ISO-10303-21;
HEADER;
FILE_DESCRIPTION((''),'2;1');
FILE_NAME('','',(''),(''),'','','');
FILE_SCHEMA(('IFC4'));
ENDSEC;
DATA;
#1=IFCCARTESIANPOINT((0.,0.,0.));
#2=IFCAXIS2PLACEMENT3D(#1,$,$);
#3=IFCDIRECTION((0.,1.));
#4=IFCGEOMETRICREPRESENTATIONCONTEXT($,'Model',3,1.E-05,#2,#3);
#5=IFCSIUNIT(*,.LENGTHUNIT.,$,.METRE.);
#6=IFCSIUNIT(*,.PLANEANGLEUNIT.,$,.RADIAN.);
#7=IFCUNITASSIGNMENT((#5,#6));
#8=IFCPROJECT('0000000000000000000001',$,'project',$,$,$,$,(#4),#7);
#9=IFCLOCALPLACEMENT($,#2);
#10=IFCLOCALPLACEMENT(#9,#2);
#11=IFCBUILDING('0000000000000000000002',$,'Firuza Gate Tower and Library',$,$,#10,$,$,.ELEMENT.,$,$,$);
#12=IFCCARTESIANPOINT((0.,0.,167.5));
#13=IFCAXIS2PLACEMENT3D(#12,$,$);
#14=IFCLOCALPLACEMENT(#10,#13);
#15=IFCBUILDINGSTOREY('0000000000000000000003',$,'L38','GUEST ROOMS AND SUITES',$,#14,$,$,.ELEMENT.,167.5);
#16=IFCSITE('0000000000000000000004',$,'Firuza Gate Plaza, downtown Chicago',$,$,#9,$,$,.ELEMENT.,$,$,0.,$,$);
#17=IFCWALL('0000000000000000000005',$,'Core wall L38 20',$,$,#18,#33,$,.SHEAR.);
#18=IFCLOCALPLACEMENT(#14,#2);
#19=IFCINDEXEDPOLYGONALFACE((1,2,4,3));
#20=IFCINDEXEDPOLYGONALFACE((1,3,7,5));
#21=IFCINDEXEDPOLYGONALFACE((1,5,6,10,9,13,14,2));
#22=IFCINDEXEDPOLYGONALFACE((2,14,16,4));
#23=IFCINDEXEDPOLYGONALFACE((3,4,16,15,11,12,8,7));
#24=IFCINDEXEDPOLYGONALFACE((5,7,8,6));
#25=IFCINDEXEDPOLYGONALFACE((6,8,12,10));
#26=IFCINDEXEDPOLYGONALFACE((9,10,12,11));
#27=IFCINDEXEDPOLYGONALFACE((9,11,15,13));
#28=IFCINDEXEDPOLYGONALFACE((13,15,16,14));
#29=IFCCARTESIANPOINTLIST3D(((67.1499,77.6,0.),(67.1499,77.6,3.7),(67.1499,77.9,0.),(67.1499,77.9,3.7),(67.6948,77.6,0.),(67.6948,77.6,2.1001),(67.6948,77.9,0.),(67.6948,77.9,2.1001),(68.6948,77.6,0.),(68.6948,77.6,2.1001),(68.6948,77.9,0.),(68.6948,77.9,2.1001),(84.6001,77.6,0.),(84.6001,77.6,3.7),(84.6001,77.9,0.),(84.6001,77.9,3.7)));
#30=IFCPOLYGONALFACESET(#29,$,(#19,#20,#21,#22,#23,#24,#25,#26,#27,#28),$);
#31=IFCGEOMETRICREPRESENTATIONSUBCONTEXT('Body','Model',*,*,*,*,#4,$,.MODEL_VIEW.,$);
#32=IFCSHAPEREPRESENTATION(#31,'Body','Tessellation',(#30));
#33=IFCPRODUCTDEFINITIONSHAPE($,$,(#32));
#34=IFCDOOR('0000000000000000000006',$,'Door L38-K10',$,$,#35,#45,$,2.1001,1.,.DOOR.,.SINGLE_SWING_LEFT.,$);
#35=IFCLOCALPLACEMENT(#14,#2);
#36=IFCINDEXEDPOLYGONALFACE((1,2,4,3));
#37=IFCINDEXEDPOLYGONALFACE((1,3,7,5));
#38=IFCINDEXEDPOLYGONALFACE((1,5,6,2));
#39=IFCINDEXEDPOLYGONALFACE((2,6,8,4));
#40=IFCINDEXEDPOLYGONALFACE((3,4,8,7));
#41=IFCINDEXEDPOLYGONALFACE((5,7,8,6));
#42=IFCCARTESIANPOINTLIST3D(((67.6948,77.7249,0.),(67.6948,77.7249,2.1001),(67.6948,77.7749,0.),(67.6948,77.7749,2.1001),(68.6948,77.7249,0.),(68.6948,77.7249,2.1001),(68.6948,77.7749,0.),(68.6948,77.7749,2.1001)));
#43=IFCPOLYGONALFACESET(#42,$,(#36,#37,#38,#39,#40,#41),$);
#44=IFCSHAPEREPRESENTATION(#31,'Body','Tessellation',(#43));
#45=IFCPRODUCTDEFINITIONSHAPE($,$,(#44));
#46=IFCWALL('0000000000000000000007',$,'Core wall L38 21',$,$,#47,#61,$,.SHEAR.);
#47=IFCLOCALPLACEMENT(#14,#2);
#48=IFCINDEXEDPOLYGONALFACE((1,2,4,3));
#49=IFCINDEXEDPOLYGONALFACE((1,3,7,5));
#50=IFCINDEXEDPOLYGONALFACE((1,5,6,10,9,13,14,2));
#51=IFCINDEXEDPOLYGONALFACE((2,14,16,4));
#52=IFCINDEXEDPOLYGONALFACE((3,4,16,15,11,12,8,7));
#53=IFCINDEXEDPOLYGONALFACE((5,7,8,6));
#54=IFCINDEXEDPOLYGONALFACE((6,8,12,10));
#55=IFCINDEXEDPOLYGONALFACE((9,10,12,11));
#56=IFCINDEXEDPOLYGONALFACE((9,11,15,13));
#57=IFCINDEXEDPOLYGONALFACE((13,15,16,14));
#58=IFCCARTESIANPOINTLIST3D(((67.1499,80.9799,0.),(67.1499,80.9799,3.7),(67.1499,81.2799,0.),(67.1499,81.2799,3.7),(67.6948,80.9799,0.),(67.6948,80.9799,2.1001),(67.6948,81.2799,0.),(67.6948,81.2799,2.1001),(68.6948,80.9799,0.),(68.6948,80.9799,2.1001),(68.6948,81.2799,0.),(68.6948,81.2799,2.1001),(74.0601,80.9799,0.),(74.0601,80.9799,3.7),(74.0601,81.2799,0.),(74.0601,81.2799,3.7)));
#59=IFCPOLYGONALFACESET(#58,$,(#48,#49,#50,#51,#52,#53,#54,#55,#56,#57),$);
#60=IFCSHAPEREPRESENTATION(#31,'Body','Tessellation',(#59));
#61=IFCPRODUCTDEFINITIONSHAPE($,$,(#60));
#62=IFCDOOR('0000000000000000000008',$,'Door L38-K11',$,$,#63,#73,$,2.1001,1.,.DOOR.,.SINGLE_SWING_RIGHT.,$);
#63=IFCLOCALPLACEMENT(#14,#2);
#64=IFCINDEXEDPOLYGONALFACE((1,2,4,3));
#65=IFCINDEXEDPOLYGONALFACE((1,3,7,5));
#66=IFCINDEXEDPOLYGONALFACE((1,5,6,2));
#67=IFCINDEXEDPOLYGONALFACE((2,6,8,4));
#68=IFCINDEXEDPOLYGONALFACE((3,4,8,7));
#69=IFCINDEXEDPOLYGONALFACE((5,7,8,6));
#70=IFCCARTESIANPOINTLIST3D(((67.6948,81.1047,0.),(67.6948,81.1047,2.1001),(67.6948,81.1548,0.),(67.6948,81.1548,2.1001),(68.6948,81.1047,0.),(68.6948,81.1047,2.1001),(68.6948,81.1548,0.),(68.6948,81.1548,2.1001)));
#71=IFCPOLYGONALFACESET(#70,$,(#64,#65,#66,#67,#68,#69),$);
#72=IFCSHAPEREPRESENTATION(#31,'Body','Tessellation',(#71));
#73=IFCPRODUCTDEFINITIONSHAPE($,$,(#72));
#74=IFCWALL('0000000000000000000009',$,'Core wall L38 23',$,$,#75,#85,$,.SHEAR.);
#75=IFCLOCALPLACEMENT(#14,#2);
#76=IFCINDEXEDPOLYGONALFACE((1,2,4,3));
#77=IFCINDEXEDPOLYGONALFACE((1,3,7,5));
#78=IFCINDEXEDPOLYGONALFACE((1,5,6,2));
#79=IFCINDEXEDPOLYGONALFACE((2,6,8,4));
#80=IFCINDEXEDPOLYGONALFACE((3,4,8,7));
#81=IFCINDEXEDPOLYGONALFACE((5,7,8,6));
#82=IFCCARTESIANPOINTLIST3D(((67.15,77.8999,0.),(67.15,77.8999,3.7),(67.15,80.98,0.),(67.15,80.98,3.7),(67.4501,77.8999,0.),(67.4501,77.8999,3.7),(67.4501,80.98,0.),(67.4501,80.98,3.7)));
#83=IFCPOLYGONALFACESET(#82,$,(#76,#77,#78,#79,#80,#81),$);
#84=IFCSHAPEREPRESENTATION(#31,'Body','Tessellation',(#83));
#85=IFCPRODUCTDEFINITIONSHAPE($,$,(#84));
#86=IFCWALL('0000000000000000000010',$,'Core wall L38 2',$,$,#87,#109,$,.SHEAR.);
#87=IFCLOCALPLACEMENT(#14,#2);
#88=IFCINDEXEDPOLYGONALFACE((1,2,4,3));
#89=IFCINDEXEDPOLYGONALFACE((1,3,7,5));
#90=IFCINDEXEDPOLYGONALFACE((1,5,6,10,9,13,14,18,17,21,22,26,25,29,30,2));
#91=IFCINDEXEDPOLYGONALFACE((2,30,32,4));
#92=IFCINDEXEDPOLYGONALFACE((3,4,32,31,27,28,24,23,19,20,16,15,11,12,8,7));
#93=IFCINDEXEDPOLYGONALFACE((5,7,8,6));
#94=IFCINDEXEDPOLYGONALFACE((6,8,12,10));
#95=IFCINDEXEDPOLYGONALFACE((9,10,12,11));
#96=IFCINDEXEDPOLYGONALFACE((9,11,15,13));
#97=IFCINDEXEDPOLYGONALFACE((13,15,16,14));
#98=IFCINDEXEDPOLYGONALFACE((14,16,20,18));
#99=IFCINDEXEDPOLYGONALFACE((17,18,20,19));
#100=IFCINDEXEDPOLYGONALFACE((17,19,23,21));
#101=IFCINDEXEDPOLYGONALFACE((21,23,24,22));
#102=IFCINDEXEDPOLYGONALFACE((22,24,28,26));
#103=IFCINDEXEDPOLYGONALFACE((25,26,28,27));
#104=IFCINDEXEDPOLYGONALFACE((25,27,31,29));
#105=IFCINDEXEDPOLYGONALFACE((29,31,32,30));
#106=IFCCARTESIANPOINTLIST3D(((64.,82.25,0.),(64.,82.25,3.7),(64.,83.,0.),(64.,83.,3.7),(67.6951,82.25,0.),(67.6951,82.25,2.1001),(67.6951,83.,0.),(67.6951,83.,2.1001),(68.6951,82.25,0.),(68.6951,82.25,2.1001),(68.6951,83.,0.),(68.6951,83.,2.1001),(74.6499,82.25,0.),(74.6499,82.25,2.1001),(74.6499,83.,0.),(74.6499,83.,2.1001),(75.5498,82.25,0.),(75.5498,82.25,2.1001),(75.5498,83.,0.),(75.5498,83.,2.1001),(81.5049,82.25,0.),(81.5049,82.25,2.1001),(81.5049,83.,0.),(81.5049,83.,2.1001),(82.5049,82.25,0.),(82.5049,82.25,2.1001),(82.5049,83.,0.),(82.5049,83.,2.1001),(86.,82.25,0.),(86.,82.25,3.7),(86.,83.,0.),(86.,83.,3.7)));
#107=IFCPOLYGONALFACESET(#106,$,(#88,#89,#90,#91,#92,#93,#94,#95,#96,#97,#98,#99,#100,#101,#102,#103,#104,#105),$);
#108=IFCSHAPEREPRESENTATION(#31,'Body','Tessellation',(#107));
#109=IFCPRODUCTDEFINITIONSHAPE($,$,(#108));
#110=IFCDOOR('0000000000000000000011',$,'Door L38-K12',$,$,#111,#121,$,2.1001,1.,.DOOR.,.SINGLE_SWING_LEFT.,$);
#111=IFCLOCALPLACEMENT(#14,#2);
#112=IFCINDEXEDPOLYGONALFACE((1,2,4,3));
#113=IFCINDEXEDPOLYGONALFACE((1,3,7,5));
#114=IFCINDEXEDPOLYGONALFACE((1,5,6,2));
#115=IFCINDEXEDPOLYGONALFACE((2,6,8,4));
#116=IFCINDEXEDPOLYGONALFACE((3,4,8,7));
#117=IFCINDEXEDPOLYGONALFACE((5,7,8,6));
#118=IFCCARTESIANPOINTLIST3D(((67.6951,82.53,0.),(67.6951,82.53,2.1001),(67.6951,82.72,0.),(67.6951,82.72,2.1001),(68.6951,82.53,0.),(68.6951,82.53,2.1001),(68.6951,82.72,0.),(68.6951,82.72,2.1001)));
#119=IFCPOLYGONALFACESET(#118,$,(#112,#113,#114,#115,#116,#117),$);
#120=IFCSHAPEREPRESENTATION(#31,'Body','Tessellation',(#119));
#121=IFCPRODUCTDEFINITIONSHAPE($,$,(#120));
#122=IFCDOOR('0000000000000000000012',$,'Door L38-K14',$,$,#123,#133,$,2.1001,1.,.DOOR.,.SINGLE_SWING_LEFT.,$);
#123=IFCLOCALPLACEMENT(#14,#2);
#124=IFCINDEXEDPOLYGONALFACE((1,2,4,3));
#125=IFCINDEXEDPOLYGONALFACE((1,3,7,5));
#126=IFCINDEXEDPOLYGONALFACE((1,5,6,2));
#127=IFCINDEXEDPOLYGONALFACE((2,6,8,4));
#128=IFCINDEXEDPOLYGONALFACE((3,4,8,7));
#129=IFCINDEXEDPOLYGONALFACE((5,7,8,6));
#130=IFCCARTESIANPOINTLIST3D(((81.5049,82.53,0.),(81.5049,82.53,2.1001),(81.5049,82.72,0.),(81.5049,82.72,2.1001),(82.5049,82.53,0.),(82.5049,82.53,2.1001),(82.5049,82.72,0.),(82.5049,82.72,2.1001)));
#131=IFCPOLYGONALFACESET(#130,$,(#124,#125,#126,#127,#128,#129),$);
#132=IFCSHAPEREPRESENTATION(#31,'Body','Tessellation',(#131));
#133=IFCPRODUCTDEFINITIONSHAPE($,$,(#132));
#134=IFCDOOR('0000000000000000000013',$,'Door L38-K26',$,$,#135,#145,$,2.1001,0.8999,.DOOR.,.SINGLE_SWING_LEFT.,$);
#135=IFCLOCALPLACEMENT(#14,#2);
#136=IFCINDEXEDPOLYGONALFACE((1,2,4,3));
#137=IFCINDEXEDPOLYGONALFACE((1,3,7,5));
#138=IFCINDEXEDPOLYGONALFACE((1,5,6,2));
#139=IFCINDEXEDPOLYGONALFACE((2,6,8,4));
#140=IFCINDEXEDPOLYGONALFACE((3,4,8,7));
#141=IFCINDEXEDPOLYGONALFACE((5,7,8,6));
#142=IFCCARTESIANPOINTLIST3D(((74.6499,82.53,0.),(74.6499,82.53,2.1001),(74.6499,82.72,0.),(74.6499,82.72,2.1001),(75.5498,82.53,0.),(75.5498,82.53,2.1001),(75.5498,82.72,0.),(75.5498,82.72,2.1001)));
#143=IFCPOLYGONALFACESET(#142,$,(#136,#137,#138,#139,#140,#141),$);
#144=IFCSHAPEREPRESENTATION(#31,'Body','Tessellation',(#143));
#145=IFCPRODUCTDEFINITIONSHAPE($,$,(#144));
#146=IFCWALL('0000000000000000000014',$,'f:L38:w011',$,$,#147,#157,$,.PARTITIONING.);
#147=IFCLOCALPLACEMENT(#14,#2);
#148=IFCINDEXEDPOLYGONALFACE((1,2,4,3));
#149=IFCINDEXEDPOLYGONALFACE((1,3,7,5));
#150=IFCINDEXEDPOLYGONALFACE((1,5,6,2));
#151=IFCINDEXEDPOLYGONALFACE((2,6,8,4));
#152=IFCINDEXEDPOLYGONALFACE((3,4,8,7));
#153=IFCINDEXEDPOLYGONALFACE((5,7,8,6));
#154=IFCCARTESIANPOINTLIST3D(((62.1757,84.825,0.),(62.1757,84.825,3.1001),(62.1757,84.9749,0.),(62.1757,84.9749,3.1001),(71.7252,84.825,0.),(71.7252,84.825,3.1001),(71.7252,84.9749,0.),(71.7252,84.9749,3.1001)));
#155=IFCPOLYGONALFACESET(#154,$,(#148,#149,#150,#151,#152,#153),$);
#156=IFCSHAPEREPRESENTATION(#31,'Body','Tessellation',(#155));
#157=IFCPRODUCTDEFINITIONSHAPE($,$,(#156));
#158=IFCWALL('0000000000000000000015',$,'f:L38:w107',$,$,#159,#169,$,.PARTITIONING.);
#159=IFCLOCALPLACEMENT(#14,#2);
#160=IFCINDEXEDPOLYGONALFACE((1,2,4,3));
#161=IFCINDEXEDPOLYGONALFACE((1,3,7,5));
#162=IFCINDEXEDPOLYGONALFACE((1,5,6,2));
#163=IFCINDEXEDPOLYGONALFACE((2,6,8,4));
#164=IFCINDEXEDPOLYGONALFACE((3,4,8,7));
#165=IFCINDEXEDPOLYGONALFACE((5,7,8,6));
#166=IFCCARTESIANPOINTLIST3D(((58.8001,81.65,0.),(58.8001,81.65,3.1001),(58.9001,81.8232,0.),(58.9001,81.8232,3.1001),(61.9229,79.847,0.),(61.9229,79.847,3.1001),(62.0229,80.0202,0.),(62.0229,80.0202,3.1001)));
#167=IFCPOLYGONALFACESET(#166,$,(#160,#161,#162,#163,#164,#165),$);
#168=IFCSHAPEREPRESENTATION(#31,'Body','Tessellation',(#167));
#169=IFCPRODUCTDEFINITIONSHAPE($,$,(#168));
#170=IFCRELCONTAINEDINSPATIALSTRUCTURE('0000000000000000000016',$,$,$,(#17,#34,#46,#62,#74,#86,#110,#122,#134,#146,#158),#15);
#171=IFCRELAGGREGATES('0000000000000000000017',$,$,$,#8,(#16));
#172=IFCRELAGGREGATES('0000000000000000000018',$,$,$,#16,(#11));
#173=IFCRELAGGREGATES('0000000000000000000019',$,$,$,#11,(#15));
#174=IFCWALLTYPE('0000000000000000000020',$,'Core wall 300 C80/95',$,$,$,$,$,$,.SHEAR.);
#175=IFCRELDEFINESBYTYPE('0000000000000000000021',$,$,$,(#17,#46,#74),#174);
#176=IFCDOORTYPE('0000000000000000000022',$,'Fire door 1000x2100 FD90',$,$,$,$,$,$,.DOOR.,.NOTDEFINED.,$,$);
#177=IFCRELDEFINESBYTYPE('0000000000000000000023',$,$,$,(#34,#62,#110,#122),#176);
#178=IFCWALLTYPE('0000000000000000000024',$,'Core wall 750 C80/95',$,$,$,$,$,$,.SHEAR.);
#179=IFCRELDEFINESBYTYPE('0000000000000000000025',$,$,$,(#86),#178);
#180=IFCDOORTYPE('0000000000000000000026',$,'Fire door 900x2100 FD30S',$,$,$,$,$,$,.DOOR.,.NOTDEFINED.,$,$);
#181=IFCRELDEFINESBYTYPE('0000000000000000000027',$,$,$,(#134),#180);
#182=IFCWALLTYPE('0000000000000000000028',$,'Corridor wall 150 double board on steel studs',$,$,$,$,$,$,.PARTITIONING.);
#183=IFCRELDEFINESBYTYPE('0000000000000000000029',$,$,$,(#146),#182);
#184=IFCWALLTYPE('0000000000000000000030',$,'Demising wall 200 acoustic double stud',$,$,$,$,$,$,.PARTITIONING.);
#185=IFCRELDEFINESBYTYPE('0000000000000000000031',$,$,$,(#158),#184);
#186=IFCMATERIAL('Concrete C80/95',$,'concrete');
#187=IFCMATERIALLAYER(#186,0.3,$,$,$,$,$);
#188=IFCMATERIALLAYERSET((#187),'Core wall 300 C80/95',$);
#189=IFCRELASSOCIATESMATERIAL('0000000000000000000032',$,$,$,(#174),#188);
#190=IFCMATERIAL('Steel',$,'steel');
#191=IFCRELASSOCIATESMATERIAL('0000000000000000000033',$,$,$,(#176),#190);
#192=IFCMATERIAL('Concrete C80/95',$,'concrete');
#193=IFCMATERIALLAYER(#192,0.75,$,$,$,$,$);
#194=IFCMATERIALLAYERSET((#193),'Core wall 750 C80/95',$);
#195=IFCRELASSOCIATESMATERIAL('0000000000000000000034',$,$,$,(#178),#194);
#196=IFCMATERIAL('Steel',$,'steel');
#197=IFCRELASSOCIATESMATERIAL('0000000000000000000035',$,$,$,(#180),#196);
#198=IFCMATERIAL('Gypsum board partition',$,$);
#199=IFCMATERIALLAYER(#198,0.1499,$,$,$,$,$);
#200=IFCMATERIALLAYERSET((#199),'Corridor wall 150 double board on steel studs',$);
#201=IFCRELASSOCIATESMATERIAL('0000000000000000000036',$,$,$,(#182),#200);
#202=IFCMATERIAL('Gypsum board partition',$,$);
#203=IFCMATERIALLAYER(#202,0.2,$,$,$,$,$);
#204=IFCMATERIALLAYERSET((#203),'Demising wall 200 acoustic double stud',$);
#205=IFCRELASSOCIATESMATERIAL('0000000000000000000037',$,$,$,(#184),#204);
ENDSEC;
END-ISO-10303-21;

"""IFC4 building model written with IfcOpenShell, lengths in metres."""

from ifc_helpers import new_model, si_unit, direction, frame, frame_2d, origin, place, context, subcontext, project, spatial, rectangle, extrude, material, layer, layer_set, type_object, element, fill, save


model = new_model("IFC4")

# Units and contexts
model_context = context("Model", 3, precision=1e-05, world=origin(), true_north=direction((0.0, 1.0)))
body_context = subcontext(model_context, "Body", "Model", "MODEL_VIEW")
ifc_project = project(units=[si_unit("LENGTHUNIT", "METRE"), si_unit("PLANEANGLEUNIT", "RADIAN")], contexts=[model_context])

# Site, building, storey
site_placement = place(None, origin())
site = spatial("IfcSite", under=ifc_project, at=site_placement, Name="Firuza Gate Plaza, downtown Chicago", CompositionType="ELEMENT", RefElevation=0.0)
building_placement = place(site_placement, origin())
building = spatial("IfcBuilding", under=site, at=building_placement, Name="Firuza Gate Tower and Library", CompositionType="ELEMENT")
storey_placement = place(building_placement, frame((0.0, 0.0, 167.5)))
storey = spatial("IfcBuildingStorey", under=building, at=storey_placement, Name="L38", Description="GUEST ROOMS AND SUITES", CompositionType="ELEMENT", Elevation=167.5)

# Walls, openings, doors
ifc_material_1 = material(Name="Concrete C80/95", Category="concrete")
ifc_layer_1 = layer(ifc_material_1, 0.3)
ifc_layer_set_1 = layer_set([ifc_layer_1], Name="Core wall 300 C80/95")
wall_type_1 = type_object("IfcWallType", Name="Core wall 300 C80/95", PredefinedType="SHEAR", material=ifc_layer_set_1)
wall_1_placement = place(storey_placement, frame((67.1499, 77.75, 0.0), z_axis=(0.0, 0.0, 1.0), x_axis=(1.0, 0.0, 0.0)))
wall_1 = element("IfcWall", 1, at=wall_1_placement, inside=storey, type_object=wall_type_1, Name="Core wall L38 20", PredefinedType="SHEAR", context=body_context, shape_type="SweptSolid", body=[
    extrude(rectangle(XDim=17.4502, YDim=0.3, at=frame_2d((8.7251, 0.0))), origin(), (0.0, 0.0, 1.0), 3.7),
])
opening_1_placement = place(wall_1_placement, frame((0.5449, 0.0, 0.0)))
opening_1 = element("IfcOpeningElement", 2, at=opening_1_placement, cuts=wall_1, PredefinedType="OPENING", context=body_context, shape_type="SweptSolid", body=[
    extrude(rectangle(XDim=1.0, YDim=2.1001, at=frame_2d((0.5, 1.05))), frame((0.0, 0.1602, 0.0), z_axis=(0.0, -1.0, 0.0), x_axis=(1.0, 0.0, 0.0)), (0.0, 0.0, 1.0), 0.3201),
])
ifc_material_2 = material(Name="Steel", Category="steel")
door_type_1 = type_object("IfcDoorType", Name="Fire door 1000x2100 FD90", OperationType="NOTDEFINED", PredefinedType="DOOR", material=ifc_material_2)
door_1_placement = place(opening_1_placement, origin())
door_1 = element("IfcDoor", 3, at=door_1_placement, inside=storey, type_object=door_type_1, Name="Door L38-K10", OperationType="SINGLE_SWING_LEFT", OverallHeight=2.1001, OverallWidth=1.0, PredefinedType="DOOR", context=body_context, shape_type="SweptSolid", body=[
    extrude(rectangle(XDim=1.0, YDim=2.1001, at=frame_2d((0.5, 1.05))), frame((0.0, 0.0249, 0.0), z_axis=(0.0, -1.0, 0.0), x_axis=(1.0, 0.0, 0.0)), (0.0, 0.0, 1.0), 0.05),
])
fill(opening_1, door_1)
wall_2_placement = place(storey_placement, frame((67.1499, 81.1299, 0.0), z_axis=(0.0, 0.0, 1.0), x_axis=(1.0, 0.0, 0.0)))
wall_2 = element("IfcWall", 4, at=wall_2_placement, inside=storey, type_object=wall_type_1, Name="Core wall L38 21", PredefinedType="SHEAR", context=body_context, shape_type="SweptSolid", body=[
    extrude(rectangle(XDim=6.9102, YDim=0.3, at=frame_2d((3.4551, 0.0))), origin(), (0.0, 0.0, 1.0), 3.7),
])
opening_2_placement = place(wall_2_placement, frame((0.5449, 0.0, 0.0)))
opening_2 = element("IfcOpeningElement", 5, at=opening_2_placement, cuts=wall_2, PredefinedType="OPENING", context=body_context, shape_type="SweptSolid", body=[
    extrude(rectangle(XDim=1.0, YDim=2.1001, at=frame_2d((0.5, 1.05))), frame((0.0, 0.1602, 0.0), z_axis=(0.0, -1.0, 0.0), x_axis=(1.0, 0.0, 0.0)), (0.0, 0.0, 1.0), 0.3201),
])
door_2_placement = place(opening_2_placement, origin())
door_2 = element("IfcDoor", 6, at=door_2_placement, inside=storey, type_object=door_type_1, Name="Door L38-K11", OperationType="SINGLE_SWING_RIGHT", OverallHeight=2.1001, OverallWidth=1.0, PredefinedType="DOOR", context=body_context, shape_type="SweptSolid", body=[
    extrude(rectangle(XDim=1.0, YDim=2.1001, at=frame_2d((0.5, 1.05))), frame((0.0, 0.0249, 0.0), z_axis=(0.0, -1.0, 0.0), x_axis=(1.0, 0.0, 0.0)), (0.0, 0.0, 1.0), 0.05),
])
fill(opening_2, door_2)

# Wall
wall_3_placement = place(storey_placement, frame((67.3, 77.8999, 0.0), z_axis=(0.0, 0.0, 1.0), x_axis=(0.0, 1.0, 0.0)))
element("IfcWall", 7, at=wall_3_placement, inside=storey, type_object=wall_type_1, Name="Core wall L38 23", PredefinedType="SHEAR", context=body_context, shape_type="SweptSolid", body=[
    extrude(rectangle(XDim=3.0801, YDim=0.3, at=frame_2d((1.54, 0.0))), origin(), (0.0, 0.0, 1.0), 3.7),
])

# Wall, openings, doors
ifc_material_3 = material(Name="Concrete C80/95", Category="concrete")
ifc_layer_2 = layer(ifc_material_3, 0.75)
ifc_layer_set_2 = layer_set([ifc_layer_2], Name="Core wall 750 C80/95")
wall_type_2 = type_object("IfcWallType", Name="Core wall 750 C80/95", PredefinedType="SHEAR", material=ifc_layer_set_2)
wall_4_placement = place(storey_placement, frame((64.0, 82.625, 0.0), z_axis=(0.0, 0.0, 1.0), x_axis=(1.0, 0.0, 0.0)))
wall_4 = element("IfcWall", 8, at=wall_4_placement, inside=storey, type_object=wall_type_2, Name="Core wall L38 2", PredefinedType="SHEAR", context=body_context, shape_type="SweptSolid", body=[
    extrude(rectangle(XDim=22.0, YDim=0.75, at=frame_2d((11.0, 0.0))), origin(), (0.0, 0.0, 1.0), 3.7),
])
opening_3_placement = place(wall_4_placement, frame((3.6951, 0.0, 0.0)))
opening_3 = element("IfcOpeningElement", 9, at=opening_3_placement, cuts=wall_4, PredefinedType="OPENING", context=body_context, shape_type="SweptSolid", body=[
    extrude(rectangle(XDim=1.0, YDim=2.1001, at=frame_2d((0.5, 1.05))), frame((0.0, 0.385, 0.0), z_axis=(0.0, -1.0, 0.0), x_axis=(1.0, 0.0, 0.0)), (0.0, 0.0, 1.0), 0.77),
])
opening_4_placement = place(wall_4_placement, frame((17.5049, 0.0, 0.0)))
opening_4 = element("IfcOpeningElement", 10, at=opening_4_placement, cuts=wall_4, PredefinedType="OPENING", context=body_context, shape_type="SweptSolid", body=[
    extrude(rectangle(XDim=1.0, YDim=2.1001, at=frame_2d((0.5, 1.05))), frame((0.0, 0.385, 0.0), z_axis=(0.0, -1.0, 0.0), x_axis=(1.0, 0.0, 0.0)), (0.0, 0.0, 1.0), 0.77),
])
opening_5_placement = place(wall_4_placement, frame((10.6499, 0.0, 0.0)))
opening_5 = element("IfcOpeningElement", 11, at=opening_5_placement, cuts=wall_4, PredefinedType="OPENING", context=body_context, shape_type="SweptSolid", body=[
    extrude(rectangle(XDim=0.8999, YDim=2.1001, at=frame_2d((0.45, 1.05))), frame((0.0, 0.385, 0.0), z_axis=(0.0, -1.0, 0.0), x_axis=(1.0, 0.0, 0.0)), (0.0, 0.0, 1.0), 0.77),
])
door_3_placement = place(opening_3_placement, origin())
door_3 = element("IfcDoor", 12, at=door_3_placement, inside=storey, type_object=door_type_1, Name="Door L38-K12", OperationType="SINGLE_SWING_LEFT", OverallHeight=2.1001, OverallWidth=1.0, PredefinedType="DOOR", context=body_context, shape_type="SweptSolid", body=[
    extrude(rectangle(XDim=1.0, YDim=2.1001, at=frame_2d((0.5, 1.05))), frame((0.0, 0.095, 0.0), z_axis=(0.0, -1.0, 0.0), x_axis=(1.0, 0.0, 0.0)), (0.0, 0.0, 1.0), 0.1899),
])
fill(opening_3, door_3)
door_4_placement = place(opening_4_placement, origin())
door_4 = element("IfcDoor", 13, at=door_4_placement, inside=storey, type_object=door_type_1, Name="Door L38-K14", OperationType="SINGLE_SWING_LEFT", OverallHeight=2.1001, OverallWidth=1.0, PredefinedType="DOOR", context=body_context, shape_type="SweptSolid", body=[
    extrude(rectangle(XDim=1.0, YDim=2.1001, at=frame_2d((0.5, 1.05))), frame((0.0, 0.095, 0.0), z_axis=(0.0, -1.0, 0.0), x_axis=(1.0, 0.0, 0.0)), (0.0, 0.0, 1.0), 0.1899),
])
fill(opening_4, door_4)
ifc_material_4 = material(Name="Steel", Category="steel")
door_type_2 = type_object("IfcDoorType", Name="Fire door 900x2100 FD30S", OperationType="NOTDEFINED", PredefinedType="DOOR", material=ifc_material_4)
door_5_placement = place(opening_5_placement, origin())
door_5 = element("IfcDoor", 14, at=door_5_placement, inside=storey, type_object=door_type_2, Name="Door L38-K26", OperationType="SINGLE_SWING_LEFT", OverallHeight=2.1001, OverallWidth=0.8999, PredefinedType="DOOR", context=body_context, shape_type="SweptSolid", body=[
    extrude(rectangle(XDim=0.8999, YDim=2.1001, at=frame_2d((0.45, 1.05))), frame((0.0, 0.095, 0.0), z_axis=(0.0, -1.0, 0.0), x_axis=(1.0, 0.0, 0.0)), (0.0, 0.0, 1.0), 0.1899),
])
fill(opening_5, door_5)

# Walls
ifc_material_5 = material(Name="Gypsum board partition")
ifc_layer_3 = layer(ifc_material_5, 0.1499)
ifc_layer_set_3 = layer_set([ifc_layer_3], Name="Corridor wall 150 double board on steel studs")
wall_type_3 = type_object("IfcWallType", Name="Corridor wall 150 double board on steel studs", PredefinedType="PARTITIONING", material=ifc_layer_set_3)
wall_5_placement = place(storey_placement, frame((62.1755, 84.8999, 0.0), z_axis=(0.0, 0.0, 1.0), x_axis=(1.0, 0.0, 0.0)))
element("IfcWall", 15, at=wall_5_placement, inside=storey, type_object=wall_type_3, Name="f:L38:w011", PredefinedType="PARTITIONING", context=body_context, shape_type="SweptSolid", body=[
    extrude(rectangle(XDim=9.5496, YDim=0.1499, at=frame_2d((4.7749, 0.0))), origin(), (0.0, 0.0, 1.0), 3.1001),
])
ifc_material_6 = material(Name="Gypsum board partition")
ifc_layer_4 = layer(ifc_material_6, 0.2)
ifc_layer_set_4 = layer_set([ifc_layer_4], Name="Demising wall 200 acoustic double stud")
wall_type_4 = type_object("IfcWallType", Name="Demising wall 200 acoustic double stud", PredefinedType="PARTITIONING", material=ifc_layer_set_4)
wall_6_placement = place(storey_placement, frame((61.9729, 79.9336, 0.0), z_axis=(0.0, 0.0, 1.0), x_axis=(-0.866022, 0.500006, 0.0)))
element("IfcWall", 16, at=wall_6_placement, inside=storey, type_object=wall_type_4, Name="f:L38:w107", PredefinedType="PARTITIONING", context=body_context, shape_type="SweptSolid", body=[
    extrude(rectangle(XDim=3.606, YDim=0.2, at=frame_2d((1.803, 0.0))), origin(), (0.0, 0.0, 1.0), 3.1001),
])

save(model, "model.ifc")
